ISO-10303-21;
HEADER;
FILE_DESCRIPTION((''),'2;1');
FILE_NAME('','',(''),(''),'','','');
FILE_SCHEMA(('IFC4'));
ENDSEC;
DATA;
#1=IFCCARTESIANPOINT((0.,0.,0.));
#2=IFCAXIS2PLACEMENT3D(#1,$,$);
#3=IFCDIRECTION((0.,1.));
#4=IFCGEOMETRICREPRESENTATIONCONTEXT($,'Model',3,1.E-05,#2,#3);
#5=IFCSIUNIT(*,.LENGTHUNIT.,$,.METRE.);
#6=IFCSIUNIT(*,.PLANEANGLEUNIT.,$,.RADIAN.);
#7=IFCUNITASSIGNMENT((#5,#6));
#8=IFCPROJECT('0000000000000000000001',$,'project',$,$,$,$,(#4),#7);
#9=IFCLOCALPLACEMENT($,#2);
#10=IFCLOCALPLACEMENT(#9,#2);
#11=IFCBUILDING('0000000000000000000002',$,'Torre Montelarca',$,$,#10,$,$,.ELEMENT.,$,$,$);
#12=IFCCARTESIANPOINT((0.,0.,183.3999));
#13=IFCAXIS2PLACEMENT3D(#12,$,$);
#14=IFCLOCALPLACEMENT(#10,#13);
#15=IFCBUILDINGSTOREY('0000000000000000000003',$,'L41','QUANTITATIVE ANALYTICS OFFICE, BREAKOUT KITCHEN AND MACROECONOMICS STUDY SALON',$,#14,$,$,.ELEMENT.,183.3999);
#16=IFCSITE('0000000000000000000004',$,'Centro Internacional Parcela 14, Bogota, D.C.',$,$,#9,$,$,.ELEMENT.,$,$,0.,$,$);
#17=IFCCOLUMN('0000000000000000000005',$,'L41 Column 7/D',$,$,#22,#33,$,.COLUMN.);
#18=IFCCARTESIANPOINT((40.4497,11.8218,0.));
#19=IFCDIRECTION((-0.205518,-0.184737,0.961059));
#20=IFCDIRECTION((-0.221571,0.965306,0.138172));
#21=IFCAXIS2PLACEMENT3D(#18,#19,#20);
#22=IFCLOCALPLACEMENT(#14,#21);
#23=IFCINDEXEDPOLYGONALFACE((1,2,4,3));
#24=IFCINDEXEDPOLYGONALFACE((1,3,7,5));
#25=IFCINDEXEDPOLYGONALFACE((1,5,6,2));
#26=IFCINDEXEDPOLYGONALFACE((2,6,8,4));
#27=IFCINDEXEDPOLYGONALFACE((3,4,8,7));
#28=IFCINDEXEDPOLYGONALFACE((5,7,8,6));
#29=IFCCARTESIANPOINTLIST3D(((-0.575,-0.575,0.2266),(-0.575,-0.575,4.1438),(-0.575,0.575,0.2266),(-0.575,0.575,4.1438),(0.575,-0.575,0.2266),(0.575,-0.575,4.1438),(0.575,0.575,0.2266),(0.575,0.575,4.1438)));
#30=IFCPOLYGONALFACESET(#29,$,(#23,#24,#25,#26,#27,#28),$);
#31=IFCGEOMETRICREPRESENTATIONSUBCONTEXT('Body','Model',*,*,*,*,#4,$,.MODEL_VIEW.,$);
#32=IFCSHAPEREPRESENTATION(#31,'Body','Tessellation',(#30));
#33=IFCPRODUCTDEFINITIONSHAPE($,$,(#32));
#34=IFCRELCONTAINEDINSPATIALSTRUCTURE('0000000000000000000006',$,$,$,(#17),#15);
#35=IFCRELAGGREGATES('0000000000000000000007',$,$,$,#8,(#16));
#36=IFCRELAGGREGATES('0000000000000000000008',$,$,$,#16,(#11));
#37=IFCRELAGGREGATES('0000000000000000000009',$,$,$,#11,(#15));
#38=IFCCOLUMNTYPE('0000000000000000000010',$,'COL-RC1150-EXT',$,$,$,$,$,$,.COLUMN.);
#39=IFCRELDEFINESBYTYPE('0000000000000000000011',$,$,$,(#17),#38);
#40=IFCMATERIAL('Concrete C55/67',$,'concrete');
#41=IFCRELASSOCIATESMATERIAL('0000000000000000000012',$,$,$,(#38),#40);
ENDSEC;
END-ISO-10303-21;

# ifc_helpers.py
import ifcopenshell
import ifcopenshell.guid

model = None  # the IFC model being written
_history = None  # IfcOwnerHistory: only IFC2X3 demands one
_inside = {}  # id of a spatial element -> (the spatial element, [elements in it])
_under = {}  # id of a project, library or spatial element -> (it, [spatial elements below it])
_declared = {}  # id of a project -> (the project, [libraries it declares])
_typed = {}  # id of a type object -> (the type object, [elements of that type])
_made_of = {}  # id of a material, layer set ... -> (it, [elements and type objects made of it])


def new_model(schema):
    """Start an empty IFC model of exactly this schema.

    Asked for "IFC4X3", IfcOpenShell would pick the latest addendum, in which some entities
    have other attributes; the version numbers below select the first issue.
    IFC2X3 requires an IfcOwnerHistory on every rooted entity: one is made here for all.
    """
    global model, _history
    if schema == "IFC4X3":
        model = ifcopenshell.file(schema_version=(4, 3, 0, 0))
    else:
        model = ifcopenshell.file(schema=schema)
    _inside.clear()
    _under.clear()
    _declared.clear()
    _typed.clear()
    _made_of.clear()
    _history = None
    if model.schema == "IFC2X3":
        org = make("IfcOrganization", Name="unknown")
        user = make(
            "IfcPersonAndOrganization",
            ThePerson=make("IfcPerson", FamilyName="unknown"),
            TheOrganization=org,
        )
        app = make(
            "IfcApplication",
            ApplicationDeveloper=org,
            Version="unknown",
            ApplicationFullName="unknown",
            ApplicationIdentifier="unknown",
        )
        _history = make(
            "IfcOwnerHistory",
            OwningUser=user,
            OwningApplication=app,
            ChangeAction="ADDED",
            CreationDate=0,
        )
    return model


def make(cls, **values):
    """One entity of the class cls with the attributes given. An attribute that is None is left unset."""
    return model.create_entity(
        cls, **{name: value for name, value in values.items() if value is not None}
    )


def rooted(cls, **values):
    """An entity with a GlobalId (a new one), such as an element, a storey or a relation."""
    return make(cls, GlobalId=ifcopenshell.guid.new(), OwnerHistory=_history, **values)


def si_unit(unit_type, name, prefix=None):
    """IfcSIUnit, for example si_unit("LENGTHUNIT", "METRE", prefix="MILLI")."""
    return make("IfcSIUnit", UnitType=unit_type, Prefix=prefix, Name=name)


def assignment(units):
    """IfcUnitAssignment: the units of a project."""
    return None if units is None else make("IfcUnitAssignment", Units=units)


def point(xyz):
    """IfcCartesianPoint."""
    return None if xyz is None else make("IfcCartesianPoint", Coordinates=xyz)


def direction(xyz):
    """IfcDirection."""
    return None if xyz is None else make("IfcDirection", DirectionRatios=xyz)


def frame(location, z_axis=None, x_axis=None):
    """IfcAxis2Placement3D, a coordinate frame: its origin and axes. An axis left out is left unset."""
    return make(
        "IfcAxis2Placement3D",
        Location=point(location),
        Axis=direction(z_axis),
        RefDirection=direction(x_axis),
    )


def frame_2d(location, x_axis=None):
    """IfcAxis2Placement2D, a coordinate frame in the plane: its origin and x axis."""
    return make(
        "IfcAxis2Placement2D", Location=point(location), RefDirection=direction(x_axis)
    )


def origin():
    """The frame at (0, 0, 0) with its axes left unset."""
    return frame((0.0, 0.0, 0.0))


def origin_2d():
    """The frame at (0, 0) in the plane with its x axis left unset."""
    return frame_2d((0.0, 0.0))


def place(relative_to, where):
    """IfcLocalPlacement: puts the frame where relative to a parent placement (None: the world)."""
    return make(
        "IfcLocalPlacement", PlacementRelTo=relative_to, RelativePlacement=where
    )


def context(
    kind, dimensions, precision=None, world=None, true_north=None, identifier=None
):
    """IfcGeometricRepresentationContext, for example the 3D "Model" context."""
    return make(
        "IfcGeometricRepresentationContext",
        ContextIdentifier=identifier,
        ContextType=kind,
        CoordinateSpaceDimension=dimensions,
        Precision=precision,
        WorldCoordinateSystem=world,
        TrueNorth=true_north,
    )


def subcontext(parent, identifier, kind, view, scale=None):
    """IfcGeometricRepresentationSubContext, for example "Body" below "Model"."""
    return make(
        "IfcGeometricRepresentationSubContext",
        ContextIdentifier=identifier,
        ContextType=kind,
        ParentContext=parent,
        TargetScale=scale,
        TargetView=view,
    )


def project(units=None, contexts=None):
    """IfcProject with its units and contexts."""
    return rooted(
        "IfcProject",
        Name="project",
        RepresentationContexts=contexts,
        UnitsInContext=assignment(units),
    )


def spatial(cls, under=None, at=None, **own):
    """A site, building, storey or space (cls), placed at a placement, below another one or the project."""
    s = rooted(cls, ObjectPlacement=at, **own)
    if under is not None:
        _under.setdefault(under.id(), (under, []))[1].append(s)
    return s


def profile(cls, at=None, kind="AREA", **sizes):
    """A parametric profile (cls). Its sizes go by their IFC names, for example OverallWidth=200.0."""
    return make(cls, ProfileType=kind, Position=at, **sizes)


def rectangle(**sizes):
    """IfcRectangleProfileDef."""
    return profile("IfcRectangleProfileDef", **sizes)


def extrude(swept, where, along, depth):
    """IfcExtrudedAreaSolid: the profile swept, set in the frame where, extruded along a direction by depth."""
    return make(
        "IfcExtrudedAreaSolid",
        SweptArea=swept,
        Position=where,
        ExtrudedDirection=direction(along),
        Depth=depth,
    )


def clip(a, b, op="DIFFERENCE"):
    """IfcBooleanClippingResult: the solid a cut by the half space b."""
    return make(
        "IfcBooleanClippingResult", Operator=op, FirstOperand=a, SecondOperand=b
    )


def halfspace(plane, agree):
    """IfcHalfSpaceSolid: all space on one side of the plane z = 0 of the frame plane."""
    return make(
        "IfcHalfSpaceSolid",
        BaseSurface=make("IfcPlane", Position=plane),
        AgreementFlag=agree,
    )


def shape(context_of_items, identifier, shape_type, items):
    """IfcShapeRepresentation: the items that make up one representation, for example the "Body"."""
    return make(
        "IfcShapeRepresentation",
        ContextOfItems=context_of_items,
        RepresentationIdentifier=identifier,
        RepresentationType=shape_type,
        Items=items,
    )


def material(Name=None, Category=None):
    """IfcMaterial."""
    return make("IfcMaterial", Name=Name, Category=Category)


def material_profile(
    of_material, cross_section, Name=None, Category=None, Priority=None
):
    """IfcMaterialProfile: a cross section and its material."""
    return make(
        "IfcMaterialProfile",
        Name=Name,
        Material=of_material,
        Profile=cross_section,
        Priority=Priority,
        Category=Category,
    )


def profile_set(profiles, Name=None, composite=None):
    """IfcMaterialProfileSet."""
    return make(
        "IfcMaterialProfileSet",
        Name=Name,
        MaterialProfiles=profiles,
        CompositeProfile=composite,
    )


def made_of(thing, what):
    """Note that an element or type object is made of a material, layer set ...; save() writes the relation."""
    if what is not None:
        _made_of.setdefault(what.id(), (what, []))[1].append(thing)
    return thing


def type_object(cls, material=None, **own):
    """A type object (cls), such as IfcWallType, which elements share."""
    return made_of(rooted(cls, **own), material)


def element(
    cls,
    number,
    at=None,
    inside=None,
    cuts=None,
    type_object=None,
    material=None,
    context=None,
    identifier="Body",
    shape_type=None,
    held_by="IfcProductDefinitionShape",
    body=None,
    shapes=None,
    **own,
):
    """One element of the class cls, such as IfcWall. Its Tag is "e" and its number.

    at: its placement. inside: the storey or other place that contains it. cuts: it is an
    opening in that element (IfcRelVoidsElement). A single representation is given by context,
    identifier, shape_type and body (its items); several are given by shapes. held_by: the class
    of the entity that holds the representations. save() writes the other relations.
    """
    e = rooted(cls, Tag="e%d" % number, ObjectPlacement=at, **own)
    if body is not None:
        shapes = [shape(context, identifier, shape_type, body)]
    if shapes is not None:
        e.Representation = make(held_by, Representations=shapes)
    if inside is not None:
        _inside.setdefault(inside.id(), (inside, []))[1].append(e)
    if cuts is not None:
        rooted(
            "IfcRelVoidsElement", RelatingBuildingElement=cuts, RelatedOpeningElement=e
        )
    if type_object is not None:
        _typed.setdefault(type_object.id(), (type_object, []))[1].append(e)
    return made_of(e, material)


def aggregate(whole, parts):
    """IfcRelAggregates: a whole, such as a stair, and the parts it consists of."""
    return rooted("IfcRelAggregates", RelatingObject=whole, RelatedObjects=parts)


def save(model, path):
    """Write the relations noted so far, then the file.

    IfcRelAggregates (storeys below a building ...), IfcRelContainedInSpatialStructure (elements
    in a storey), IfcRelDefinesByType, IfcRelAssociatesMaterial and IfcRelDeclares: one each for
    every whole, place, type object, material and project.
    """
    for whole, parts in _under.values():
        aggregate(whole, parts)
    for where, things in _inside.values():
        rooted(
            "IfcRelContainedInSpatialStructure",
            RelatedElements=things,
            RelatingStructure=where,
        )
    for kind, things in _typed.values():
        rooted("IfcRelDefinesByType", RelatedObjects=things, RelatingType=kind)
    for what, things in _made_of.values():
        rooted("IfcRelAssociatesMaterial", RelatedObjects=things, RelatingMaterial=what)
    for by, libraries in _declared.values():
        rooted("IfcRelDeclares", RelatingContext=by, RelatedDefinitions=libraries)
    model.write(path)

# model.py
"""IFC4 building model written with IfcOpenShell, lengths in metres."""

from ifc_helpers import new_model, si_unit, direction, frame, origin, origin_2d, place, context, subcontext, project, spatial, rectangle, extrude, clip, halfspace, material, material_profile, profile_set, type_object, element, save


model = new_model("IFC4")

# Units and contexts
model_context = context("Model", 3, precision=1e-05, world=origin(), true_north=direction((0.0, 1.0)))
body_context = subcontext(model_context, "Body", "Model", "MODEL_VIEW")
ifc_project = project(units=[si_unit("LENGTHUNIT", "METRE"), si_unit("PLANEANGLEUNIT", "RADIAN")], contexts=[model_context])

# Site, building, storey
site_placement = place(None, origin())
site = spatial("IfcSite", under=ifc_project, at=site_placement, Name="Centro Internacional Parcela 14, Bogota, D.C.", CompositionType="ELEMENT", RefElevation=0.0)
building_placement = place(site_placement, origin())
building = spatial("IfcBuilding", under=site, at=building_placement, Name="Torre Montelarca", CompositionType="ELEMENT")
storey_placement = place(building_placement, frame((0.0, 0.0, 183.3999)))
storey = spatial("IfcBuildingStorey", under=building, at=storey_placement, Name="L41", Description="QUANTITATIVE ANALYTICS OFFICE, BREAKOUT KITCHEN AND MACROECONOMICS STUDY SALON", CompositionType="ELEMENT", Elevation=183.3999)

# Column
ifc_material_1 = material(Name="Concrete C55/67", Category="concrete")
ifc_material_profile_1 = material_profile(ifc_material_1, rectangle(XDim=1.1499, YDim=1.1499, at=origin_2d()), Name="RC1150X1150", Category="concrete")
ifc_profile_set_1 = profile_set([ifc_material_profile_1], Name="Concrete C55/67")
column_type_1 = type_object("IfcColumnType", Name="COL-RC1150-EXT", PredefinedType="COLUMN", material=ifc_profile_set_1)
column_1_placement = place(storey_placement, frame((40.4497, 11.8218, 0.0), z_axis=(-0.205518, -0.184737, 0.961059), x_axis=(-0.221571, 0.965306, 0.138172)))
element("IfcColumn", 1, at=column_1_placement, inside=storey, type_object=column_type_1, Name="L41 Column 7/D", PredefinedType="COLUMN", context=body_context, shape_type="Clipping", body=[
    clip(clip(extrude(rectangle(XDim=1.1499, YDim=1.1499, at=origin_2d()), origin(), (0.0, 0.0, 1.0), 4.3704), halfspace(frame((0.0, 0.0, 0.2266), z_axis=(0.0, 0.0, -1.0), x_axis=(1.0, 0.0, 0.0)), False)), halfspace(frame((0.0, 0.0, 4.1438), z_axis=(0.0, 0.0, 1.0), x_axis=(1.0, 0.0, 0.0)), False)),
])

save(model, "model.ifc")
